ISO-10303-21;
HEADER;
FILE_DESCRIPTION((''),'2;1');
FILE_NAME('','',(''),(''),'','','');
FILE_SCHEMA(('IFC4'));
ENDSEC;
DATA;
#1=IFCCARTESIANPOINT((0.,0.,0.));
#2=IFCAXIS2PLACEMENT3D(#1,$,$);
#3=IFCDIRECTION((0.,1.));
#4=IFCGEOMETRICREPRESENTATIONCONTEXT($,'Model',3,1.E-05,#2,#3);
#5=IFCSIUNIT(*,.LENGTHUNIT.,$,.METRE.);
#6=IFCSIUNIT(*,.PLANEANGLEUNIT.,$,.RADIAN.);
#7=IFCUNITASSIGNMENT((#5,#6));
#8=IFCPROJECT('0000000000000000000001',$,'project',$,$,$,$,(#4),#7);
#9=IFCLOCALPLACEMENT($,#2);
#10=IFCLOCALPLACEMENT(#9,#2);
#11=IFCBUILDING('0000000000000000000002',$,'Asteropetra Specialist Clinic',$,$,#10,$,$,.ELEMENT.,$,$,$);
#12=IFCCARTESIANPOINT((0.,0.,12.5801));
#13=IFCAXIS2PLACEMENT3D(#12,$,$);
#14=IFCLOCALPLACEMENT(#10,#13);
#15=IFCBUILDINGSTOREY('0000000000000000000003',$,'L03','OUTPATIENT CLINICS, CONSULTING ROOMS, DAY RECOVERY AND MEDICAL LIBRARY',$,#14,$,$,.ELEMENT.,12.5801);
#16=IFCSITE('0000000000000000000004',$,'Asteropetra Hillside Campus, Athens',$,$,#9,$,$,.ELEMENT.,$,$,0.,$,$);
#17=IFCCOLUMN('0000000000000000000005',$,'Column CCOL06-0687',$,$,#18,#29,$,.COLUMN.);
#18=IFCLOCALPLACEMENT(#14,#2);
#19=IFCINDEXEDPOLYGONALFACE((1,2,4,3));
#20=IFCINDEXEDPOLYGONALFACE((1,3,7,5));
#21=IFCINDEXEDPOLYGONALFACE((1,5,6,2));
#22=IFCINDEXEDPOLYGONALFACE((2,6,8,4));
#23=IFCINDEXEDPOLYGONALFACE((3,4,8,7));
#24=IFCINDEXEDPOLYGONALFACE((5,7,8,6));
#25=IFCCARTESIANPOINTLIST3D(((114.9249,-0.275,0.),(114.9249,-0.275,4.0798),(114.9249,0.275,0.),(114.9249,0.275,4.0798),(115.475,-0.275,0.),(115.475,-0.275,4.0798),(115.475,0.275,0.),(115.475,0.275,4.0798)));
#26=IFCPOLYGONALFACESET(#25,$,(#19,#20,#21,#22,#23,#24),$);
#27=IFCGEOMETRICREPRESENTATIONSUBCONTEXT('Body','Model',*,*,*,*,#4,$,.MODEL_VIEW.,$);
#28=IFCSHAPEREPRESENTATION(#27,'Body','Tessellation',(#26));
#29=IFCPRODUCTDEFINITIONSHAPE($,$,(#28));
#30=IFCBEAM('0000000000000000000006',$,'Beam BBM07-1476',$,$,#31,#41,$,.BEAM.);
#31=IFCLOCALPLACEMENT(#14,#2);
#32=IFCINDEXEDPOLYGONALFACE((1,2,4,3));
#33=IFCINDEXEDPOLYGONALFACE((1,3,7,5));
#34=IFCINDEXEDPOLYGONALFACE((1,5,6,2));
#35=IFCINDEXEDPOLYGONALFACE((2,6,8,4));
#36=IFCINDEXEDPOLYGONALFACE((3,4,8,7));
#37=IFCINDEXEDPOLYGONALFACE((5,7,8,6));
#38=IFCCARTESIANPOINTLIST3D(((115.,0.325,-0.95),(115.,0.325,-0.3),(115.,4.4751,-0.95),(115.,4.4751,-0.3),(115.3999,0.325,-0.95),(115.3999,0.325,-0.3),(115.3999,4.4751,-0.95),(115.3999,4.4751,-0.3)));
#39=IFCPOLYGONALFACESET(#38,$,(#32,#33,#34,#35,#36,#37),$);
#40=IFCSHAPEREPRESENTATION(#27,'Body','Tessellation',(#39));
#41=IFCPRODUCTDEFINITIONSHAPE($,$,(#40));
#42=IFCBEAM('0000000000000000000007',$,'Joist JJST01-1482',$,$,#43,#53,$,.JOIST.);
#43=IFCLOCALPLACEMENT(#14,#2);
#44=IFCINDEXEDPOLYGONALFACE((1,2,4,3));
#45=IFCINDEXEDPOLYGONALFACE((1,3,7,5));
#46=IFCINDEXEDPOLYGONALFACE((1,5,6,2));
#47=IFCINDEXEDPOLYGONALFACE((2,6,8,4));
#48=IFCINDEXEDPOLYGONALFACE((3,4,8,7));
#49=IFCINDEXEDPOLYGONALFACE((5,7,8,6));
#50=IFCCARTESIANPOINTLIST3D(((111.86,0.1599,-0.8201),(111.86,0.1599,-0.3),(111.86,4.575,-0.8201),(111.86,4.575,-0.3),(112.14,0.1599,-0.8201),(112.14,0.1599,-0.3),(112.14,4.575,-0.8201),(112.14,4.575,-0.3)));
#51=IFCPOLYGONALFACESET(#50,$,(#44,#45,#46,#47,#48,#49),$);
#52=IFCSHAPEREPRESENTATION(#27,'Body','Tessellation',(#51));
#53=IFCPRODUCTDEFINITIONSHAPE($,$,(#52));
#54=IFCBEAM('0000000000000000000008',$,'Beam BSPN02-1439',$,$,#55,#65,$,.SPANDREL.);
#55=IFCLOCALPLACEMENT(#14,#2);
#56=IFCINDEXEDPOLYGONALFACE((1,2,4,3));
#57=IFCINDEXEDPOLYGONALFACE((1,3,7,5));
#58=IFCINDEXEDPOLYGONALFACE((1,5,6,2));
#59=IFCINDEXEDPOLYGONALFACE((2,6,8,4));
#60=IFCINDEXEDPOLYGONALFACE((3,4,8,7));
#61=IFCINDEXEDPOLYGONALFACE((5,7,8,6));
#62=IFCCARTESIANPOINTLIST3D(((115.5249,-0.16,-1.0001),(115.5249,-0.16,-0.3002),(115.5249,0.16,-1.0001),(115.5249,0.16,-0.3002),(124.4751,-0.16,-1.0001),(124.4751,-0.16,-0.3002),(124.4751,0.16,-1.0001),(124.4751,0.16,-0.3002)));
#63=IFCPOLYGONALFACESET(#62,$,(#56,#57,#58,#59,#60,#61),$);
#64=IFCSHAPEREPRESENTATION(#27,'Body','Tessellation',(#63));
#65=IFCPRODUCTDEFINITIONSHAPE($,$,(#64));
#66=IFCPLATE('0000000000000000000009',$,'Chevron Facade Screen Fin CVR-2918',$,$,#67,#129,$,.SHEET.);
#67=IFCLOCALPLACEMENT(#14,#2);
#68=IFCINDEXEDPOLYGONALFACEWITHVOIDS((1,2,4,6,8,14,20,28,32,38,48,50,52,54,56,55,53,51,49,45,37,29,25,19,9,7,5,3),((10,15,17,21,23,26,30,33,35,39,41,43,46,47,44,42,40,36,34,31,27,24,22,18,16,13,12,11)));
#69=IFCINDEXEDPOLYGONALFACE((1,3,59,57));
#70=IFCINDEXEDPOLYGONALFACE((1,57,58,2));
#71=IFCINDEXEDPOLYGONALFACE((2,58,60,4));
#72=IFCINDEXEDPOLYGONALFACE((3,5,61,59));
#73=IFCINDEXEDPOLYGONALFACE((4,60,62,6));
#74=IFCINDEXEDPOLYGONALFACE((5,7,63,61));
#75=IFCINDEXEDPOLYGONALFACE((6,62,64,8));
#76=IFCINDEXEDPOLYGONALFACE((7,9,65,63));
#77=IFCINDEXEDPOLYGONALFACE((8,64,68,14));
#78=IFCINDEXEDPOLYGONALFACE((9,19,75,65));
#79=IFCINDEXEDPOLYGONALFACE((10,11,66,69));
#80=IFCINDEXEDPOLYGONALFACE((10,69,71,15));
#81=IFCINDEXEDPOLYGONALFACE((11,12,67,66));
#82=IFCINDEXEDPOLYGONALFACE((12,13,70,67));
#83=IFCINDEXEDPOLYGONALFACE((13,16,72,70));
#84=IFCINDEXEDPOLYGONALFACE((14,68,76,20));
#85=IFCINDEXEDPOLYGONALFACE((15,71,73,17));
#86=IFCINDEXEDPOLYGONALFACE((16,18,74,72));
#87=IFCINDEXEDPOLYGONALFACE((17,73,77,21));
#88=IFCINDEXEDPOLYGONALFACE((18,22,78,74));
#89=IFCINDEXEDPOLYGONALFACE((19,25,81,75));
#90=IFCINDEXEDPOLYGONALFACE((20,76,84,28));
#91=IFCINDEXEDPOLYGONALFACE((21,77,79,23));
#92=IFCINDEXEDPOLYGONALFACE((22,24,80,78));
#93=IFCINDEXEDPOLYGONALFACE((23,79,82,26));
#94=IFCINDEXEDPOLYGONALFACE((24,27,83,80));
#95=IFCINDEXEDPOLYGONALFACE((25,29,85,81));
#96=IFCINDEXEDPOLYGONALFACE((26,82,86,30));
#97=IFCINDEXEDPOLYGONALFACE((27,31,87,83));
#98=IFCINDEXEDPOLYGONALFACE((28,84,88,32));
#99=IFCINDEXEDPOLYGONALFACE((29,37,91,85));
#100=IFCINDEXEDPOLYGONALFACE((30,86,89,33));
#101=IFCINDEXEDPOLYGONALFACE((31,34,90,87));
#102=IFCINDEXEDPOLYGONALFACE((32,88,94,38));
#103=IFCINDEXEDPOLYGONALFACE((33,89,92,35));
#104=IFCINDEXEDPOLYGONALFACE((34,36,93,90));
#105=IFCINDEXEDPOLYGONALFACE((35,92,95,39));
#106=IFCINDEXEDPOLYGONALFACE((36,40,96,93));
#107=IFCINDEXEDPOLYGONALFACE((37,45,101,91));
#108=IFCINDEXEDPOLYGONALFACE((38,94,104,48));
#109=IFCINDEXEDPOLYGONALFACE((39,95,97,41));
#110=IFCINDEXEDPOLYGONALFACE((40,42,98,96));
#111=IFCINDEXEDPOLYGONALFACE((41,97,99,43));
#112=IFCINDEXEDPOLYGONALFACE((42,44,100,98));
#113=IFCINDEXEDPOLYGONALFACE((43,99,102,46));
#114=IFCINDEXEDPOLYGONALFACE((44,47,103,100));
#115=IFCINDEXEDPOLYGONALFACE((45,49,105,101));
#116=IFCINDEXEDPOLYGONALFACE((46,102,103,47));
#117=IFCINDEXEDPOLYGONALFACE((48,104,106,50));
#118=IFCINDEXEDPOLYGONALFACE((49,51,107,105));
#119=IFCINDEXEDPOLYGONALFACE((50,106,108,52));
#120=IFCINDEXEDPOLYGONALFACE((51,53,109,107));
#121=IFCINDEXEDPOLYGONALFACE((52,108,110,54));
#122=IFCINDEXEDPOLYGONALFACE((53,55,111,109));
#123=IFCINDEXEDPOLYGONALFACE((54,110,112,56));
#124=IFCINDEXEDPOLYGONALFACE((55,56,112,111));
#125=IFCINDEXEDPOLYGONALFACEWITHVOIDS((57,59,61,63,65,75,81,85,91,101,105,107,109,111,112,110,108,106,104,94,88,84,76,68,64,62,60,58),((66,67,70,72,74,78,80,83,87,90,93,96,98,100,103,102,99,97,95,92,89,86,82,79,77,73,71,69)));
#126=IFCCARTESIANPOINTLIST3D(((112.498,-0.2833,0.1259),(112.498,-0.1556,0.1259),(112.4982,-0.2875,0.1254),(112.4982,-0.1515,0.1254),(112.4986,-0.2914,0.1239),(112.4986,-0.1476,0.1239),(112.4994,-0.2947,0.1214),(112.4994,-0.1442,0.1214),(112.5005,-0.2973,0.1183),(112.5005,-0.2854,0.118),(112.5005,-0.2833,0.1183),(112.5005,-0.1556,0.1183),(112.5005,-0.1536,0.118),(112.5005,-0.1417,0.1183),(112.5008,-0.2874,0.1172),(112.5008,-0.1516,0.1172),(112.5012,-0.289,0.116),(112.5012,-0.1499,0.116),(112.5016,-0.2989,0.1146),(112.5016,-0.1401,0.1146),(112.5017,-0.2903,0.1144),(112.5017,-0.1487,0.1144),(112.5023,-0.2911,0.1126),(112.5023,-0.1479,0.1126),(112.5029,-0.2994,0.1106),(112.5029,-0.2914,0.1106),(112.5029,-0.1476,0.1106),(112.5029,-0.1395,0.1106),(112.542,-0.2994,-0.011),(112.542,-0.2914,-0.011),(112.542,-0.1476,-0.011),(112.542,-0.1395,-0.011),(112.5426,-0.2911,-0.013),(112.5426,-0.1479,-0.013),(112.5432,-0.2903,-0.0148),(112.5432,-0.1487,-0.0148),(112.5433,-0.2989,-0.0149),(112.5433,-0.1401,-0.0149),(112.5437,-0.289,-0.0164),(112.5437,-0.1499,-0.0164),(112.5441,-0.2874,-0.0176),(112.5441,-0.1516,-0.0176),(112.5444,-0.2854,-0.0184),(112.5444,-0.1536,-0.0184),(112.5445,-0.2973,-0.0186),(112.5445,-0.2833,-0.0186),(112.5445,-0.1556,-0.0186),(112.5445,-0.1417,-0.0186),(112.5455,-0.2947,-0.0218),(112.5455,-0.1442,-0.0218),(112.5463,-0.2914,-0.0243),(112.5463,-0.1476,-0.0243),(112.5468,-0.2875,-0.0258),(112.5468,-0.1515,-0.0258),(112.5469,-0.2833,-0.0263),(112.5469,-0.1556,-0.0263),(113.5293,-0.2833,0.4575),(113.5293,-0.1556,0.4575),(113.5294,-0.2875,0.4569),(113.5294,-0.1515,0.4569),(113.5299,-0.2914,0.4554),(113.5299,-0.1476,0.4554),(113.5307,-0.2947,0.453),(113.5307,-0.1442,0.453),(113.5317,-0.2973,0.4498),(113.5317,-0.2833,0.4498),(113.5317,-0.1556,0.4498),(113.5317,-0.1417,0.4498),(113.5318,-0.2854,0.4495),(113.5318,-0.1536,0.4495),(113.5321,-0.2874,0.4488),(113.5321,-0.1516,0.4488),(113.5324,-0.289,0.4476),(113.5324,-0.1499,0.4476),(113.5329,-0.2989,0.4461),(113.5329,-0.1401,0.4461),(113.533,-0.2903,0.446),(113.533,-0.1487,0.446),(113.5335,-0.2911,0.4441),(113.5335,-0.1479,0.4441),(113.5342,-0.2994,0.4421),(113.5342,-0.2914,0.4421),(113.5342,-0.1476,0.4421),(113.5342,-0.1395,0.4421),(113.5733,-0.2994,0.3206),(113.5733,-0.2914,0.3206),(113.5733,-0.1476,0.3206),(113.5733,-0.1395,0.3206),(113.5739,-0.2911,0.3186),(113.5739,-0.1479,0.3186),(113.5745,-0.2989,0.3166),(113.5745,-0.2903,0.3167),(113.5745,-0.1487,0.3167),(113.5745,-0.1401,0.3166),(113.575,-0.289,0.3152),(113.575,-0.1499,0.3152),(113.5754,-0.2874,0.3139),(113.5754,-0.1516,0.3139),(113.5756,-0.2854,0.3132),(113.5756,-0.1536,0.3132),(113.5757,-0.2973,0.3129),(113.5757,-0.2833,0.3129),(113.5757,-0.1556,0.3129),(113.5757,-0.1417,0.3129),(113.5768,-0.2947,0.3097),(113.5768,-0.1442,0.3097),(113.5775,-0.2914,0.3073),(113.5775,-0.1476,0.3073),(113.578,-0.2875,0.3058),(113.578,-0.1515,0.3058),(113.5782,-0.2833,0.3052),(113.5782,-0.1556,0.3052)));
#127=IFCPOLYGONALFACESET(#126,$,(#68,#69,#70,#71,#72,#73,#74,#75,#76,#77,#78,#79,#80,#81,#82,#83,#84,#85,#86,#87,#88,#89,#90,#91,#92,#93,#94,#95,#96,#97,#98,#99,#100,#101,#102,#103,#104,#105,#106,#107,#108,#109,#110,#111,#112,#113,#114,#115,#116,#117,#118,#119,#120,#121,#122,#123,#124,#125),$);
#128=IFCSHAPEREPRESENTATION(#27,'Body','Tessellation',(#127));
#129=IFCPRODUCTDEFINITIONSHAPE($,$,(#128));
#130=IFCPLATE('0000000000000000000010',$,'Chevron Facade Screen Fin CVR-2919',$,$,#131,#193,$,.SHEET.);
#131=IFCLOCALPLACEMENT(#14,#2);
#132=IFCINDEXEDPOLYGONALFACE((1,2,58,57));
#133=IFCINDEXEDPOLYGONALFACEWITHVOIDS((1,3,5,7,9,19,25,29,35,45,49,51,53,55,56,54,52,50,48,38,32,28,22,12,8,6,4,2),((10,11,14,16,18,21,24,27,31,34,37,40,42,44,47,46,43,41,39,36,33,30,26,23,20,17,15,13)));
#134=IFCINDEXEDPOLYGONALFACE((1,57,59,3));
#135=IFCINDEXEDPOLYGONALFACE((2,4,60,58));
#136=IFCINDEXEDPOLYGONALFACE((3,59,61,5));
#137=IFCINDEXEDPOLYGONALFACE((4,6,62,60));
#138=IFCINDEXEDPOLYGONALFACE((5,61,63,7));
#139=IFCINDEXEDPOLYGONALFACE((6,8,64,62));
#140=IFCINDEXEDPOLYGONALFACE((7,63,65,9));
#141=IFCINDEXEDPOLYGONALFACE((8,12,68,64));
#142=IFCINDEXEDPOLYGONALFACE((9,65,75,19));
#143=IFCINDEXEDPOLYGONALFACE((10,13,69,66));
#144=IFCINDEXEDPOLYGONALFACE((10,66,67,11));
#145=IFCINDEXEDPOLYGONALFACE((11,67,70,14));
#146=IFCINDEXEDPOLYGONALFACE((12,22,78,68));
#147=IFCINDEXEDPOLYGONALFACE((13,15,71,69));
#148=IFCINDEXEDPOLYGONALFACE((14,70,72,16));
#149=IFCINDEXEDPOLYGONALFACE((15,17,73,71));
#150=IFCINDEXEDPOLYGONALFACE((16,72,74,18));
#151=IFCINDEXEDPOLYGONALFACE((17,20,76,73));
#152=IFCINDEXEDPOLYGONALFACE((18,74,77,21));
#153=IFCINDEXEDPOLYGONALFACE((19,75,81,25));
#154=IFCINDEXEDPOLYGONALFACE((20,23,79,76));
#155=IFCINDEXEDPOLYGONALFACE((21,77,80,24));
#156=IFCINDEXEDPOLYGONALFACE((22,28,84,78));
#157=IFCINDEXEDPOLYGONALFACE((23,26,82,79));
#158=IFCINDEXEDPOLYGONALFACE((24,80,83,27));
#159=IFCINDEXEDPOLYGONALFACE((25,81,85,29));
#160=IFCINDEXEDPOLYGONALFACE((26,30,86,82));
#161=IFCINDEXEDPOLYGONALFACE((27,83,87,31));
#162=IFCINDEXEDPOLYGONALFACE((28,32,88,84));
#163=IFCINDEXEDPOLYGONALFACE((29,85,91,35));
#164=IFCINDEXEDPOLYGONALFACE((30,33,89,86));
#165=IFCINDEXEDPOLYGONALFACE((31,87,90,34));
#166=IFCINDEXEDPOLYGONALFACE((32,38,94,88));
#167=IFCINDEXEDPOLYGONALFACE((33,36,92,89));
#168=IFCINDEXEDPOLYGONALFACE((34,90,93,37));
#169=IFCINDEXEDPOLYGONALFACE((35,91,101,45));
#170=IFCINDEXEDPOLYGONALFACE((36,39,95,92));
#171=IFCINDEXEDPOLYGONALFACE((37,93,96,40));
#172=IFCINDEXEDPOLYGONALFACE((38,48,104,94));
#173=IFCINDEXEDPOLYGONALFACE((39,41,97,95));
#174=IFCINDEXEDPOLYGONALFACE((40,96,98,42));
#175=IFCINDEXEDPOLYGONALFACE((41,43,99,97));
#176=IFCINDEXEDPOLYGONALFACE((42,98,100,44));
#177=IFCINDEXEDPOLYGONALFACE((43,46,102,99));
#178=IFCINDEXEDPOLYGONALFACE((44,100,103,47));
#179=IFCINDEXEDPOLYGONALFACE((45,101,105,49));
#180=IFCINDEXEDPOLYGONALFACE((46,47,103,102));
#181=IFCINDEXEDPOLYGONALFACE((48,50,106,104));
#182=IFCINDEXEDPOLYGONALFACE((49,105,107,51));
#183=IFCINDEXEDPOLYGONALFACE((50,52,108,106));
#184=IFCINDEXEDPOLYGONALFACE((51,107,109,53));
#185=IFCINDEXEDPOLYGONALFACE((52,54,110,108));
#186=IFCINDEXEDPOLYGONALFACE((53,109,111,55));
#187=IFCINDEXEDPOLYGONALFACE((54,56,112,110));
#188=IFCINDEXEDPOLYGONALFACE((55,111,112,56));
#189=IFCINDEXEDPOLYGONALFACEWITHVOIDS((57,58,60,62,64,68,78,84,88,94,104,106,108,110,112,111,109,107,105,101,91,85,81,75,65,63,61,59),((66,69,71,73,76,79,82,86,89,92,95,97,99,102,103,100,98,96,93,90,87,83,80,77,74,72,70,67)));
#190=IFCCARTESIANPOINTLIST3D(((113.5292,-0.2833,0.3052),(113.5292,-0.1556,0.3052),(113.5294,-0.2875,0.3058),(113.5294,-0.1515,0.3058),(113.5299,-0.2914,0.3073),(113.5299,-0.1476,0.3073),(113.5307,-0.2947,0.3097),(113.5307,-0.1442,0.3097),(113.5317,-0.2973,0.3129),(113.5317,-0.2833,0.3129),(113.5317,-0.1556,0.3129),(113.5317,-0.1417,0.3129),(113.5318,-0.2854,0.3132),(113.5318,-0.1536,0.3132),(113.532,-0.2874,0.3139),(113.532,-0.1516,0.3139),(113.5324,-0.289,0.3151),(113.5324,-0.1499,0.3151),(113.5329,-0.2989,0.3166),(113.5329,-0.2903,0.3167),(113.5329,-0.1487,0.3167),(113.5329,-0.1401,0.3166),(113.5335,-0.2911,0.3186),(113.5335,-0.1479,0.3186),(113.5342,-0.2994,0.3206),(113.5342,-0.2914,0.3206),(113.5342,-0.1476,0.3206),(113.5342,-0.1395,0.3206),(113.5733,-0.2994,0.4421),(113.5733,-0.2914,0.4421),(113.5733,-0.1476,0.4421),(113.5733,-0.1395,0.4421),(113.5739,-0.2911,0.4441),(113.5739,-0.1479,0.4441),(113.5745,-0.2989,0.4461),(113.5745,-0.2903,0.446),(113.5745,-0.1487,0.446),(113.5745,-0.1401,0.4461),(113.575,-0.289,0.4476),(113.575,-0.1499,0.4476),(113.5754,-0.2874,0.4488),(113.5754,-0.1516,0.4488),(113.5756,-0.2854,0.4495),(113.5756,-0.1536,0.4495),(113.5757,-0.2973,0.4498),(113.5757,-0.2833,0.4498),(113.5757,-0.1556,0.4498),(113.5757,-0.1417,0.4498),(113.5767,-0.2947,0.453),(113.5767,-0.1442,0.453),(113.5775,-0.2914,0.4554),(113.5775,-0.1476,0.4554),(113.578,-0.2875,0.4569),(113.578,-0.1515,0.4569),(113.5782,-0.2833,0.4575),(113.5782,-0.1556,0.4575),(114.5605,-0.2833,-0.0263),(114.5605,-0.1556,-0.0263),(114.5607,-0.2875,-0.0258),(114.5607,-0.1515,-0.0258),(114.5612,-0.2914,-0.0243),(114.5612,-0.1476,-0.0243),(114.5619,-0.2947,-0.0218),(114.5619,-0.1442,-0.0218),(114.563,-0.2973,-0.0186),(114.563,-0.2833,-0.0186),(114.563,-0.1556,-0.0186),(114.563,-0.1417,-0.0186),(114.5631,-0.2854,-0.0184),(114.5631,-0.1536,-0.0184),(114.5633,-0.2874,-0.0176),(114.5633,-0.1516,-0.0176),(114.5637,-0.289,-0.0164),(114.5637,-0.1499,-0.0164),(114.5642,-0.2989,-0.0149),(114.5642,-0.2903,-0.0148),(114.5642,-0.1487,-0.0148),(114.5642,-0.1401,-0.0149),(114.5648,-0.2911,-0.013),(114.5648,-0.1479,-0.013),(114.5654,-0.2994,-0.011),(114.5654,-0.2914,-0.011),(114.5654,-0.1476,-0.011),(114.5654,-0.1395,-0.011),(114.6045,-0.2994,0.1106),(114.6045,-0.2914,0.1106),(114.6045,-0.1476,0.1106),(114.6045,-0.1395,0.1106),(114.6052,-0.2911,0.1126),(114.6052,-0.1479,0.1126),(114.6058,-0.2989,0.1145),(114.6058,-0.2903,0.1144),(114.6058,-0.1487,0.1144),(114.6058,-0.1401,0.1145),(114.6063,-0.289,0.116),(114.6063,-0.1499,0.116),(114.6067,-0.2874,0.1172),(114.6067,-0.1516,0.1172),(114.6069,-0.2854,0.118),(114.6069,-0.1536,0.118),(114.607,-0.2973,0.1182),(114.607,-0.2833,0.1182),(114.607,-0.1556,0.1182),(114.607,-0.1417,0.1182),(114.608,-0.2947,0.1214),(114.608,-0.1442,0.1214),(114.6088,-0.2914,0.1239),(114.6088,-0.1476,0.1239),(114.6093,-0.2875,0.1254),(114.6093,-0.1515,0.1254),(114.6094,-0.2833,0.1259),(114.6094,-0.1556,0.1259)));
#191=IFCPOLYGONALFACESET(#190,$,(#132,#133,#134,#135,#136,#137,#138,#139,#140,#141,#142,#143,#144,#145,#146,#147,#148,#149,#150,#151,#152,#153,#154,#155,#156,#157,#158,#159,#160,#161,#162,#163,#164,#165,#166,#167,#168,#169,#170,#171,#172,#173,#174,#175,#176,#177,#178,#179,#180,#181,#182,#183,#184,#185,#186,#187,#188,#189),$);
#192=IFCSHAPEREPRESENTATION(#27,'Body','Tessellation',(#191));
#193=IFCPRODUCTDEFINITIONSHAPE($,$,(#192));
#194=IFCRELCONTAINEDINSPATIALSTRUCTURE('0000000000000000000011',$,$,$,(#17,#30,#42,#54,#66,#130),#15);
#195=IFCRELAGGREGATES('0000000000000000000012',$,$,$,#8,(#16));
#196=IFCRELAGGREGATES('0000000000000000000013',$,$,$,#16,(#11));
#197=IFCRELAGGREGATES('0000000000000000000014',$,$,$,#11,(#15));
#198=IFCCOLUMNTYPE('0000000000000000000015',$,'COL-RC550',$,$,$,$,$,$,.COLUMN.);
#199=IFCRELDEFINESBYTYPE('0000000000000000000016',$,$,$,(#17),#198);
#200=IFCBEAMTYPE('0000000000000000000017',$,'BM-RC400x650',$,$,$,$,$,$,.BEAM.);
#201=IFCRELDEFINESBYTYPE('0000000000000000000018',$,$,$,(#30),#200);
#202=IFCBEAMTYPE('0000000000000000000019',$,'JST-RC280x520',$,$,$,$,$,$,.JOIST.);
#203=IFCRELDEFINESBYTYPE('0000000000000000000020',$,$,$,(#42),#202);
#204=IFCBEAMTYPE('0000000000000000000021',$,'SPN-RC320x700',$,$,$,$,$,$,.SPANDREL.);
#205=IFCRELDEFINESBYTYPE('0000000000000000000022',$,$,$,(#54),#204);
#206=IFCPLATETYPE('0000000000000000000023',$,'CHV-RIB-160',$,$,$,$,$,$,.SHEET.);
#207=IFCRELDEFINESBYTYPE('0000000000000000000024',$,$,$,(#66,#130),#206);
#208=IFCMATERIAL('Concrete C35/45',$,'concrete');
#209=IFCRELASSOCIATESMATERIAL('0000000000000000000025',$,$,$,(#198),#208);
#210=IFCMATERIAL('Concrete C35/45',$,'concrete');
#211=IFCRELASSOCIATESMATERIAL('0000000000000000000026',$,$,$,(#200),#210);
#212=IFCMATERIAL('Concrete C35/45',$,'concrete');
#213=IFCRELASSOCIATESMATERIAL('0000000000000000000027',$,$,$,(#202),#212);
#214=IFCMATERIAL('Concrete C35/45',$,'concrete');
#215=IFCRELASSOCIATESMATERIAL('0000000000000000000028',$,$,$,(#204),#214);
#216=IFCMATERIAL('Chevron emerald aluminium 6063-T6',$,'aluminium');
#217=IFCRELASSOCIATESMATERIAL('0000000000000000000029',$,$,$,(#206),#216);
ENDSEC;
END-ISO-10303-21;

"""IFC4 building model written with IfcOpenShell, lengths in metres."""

from ifc_helpers import new_model, si_unit, direction, frame, origin, origin_2d, place, context, subcontext, project, spatial, rectangle, hollow_rectangle, extrude, material, material_profile, profile_set, type_object, element, save


model = new_model("IFC4")

# Units and contexts
model_context = context("Model", 3, precision=1e-05, world=origin(), true_north=direction((0.0, 1.0)))
body_context = subcontext(model_context, "Body", "Model", "MODEL_VIEW")
ifc_project = project(units=[si_unit("LENGTHUNIT", "METRE"), si_unit("PLANEANGLEUNIT", "RADIAN")], contexts=[model_context])

# Site, building, storey
site_placement = place(None, origin())
site = spatial("IfcSite", under=ifc_project, at=site_placement, Name="Asteropetra Hillside Campus, Athens", CompositionType="ELEMENT", RefElevation=0.0)
building_placement = place(site_placement, origin())
building = spatial("IfcBuilding", under=site, at=building_placement, Name="Asteropetra Specialist Clinic", CompositionType="ELEMENT")
storey_placement = place(building_placement, frame((0.0, 0.0, 12.5801)))
storey = spatial("IfcBuildingStorey", under=building, at=storey_placement, Name="L03", Description="OUTPATIENT CLINICS, CONSULTING ROOMS, DAY RECOVERY AND MEDICAL LIBRARY", CompositionType="ELEMENT", Elevation=12.5801)

# Column
ifc_material_1 = material(Name="Concrete C35/45", Category="concrete")
ifc_material_profile_1 = material_profile(ifc_material_1, rectangle(XDim=0.55, YDim=0.55, at=origin_2d()), Name="RC 550x550")
ifc_profile_set_1 = profile_set([ifc_material_profile_1], Name="Concrete C35/45")
column_type = type_object("IfcColumnType", Name="COL-RC550", PredefinedType="COLUMN", material=ifc_profile_set_1)
column_placement = place(storey_placement, frame((115.2, 0.0, 0.0), z_axis=(0.0, 0.0, 1.0), x_axis=(1.0, 0.0, 0.0)))
element("IfcColumn", 1, at=column_placement, inside=storey, type_object=column_type, Name="Column CCOL06-0687", PredefinedType="COLUMN", context=body_context, shape_type="SweptSolid", body=[
    extrude(rectangle(XDim=0.55, YDim=0.55, at=origin_2d()), origin(), (0.0, 0.0, 1.0), 4.0798),
])

# Beams
ifc_material_2 = material(Name="Concrete C35/45", Category="concrete")
ifc_material_profile_2 = material_profile(ifc_material_2, rectangle(XDim=0.3999, YDim=0.6499, at=origin_2d()), Name="RCB 400x650")
ifc_profile_set_2 = profile_set([ifc_material_profile_2], Name="Concrete C35/45")
beam_type_1 = type_object("IfcBeamType", Name="BM-RC400x650", PredefinedType="BEAM", material=ifc_profile_set_2)
beam_1_placement = place(storey_placement, frame((115.2, 0.325, -0.625), z_axis=(0.0, 1.0, 0.0), x_axis=(-1.0, 0.0, 0.0)))
element("IfcBeam", 2, at=beam_1_placement, inside=storey, type_object=beam_type_1, Name="Beam BBM07-1476", PredefinedType="BEAM", context=body_context, shape_type="SweptSolid", body=[
    extrude(rectangle(XDim=0.3999, YDim=0.6499, at=origin_2d()), origin(), (0.0, 0.0, 1.0), 4.1501),
])
ifc_material_3 = material(Name="Concrete C35/45", Category="concrete")
ifc_material_profile_3 = material_profile(ifc_material_3, rectangle(XDim=0.28, YDim=0.52, at=origin_2d()), Name="RCJ 280x520")
ifc_profile_set_3 = profile_set([ifc_material_profile_3], Name="Concrete C35/45")
beam_type_2 = type_object("IfcBeamType", Name="JST-RC280x520", PredefinedType="JOIST", material=ifc_profile_set_3)
beam_2_placement = place(storey_placement, frame((112.0, 0.1599, -0.5601), z_axis=(0.0, 1.0, 0.0), x_axis=(-1.0, 0.0, 0.0)))
element("IfcBeam", 3, at=beam_2_placement, inside=storey, type_object=beam_type_2, Name="Joist JJST01-1482", PredefinedType="JOIST", context=body_context, shape_type="SweptSolid", body=[
    extrude(rectangle(XDim=0.28, YDim=0.52, at=origin_2d()), origin(), (0.0, 0.0, 1.0), 4.415),
])
ifc_material_4 = material(Name="Concrete C35/45", Category="concrete")
ifc_material_profile_4 = material_profile(ifc_material_4, rectangle(XDim=0.3201, YDim=0.7, at=origin_2d()), Name="RCS 320x700")
ifc_profile_set_4 = profile_set([ifc_material_profile_4], Name="Concrete C35/45")
beam_type_3 = type_object("IfcBeamType", Name="SPN-RC320x700", PredefinedType="SPANDREL", material=ifc_profile_set_4)
beam_3_placement = place(storey_placement, frame((115.5249, 0.0, -0.6501), z_axis=(1.0, 0.0, 0.0), x_axis=(0.0, 1.0, 0.0)))
element("IfcBeam", 4, at=beam_3_placement, inside=storey, type_object=beam_type_3, Name="Beam BSPN02-1439", PredefinedType="SPANDREL", context=body_context, shape_type="SweptSolid", body=[
    extrude(rectangle(XDim=0.3201, YDim=0.7, at=origin_2d()), origin(), (0.0, 0.0, 1.0), 8.9502),
])

# Plates
ifc_material_5 = material(Name="Chevron emerald aluminium 6063-T6", Category="aluminium")
ifc_material_profile_5 = material_profile(ifc_material_5, hollow_rectangle(XDim=0.1599, YDim=0.1599, WallThickness=0.0081, InnerFilletRadius=0.0081, OuterFilletRadius=0.0161, at=origin_2d()), Name="SHS 160x160x8.0")
ifc_profile_set_5 = profile_set([ifc_material_profile_5], Name="Chevron emerald aluminium 6063-T6")
plate_type_1 = type_object("IfcPlateType", Name="CHV-RIB-160", PredefinedType="SHEET", material=ifc_profile_set_5)
for number, where, z_axis, x_axis, name in (
    (5, (112.5225, -0.2195, 0.0498), (0.95201, 0.0, 0.306068), (0.0, 1.0, 0.0), "Chevron Facade Screen Fin CVR-2918"),
    (6, (113.5537, -0.2195, 0.3813), (0.95201, 0.0, -0.306068), (0.0, 1.0, 0.0), "Chevron Facade Screen Fin CVR-2919"),
):
    element("IfcPlate", number, at=place(storey_placement, frame(where, z_axis=z_axis, x_axis=x_axis)), inside=storey, type_object=plate_type_1, Name=name, PredefinedType="SHEET", context=body_context, shape_type="SweptSolid", body=[
        extrude(hollow_rectangle(XDim=0.1599, YDim=0.1599, WallThickness=0.0081, InnerFilletRadius=0.0081, OuterFilletRadius=0.0161, at=origin_2d()), origin(), (0.0, 0.0, 1.0), 1.0833),
    ])

save(model, "model.ifc")
